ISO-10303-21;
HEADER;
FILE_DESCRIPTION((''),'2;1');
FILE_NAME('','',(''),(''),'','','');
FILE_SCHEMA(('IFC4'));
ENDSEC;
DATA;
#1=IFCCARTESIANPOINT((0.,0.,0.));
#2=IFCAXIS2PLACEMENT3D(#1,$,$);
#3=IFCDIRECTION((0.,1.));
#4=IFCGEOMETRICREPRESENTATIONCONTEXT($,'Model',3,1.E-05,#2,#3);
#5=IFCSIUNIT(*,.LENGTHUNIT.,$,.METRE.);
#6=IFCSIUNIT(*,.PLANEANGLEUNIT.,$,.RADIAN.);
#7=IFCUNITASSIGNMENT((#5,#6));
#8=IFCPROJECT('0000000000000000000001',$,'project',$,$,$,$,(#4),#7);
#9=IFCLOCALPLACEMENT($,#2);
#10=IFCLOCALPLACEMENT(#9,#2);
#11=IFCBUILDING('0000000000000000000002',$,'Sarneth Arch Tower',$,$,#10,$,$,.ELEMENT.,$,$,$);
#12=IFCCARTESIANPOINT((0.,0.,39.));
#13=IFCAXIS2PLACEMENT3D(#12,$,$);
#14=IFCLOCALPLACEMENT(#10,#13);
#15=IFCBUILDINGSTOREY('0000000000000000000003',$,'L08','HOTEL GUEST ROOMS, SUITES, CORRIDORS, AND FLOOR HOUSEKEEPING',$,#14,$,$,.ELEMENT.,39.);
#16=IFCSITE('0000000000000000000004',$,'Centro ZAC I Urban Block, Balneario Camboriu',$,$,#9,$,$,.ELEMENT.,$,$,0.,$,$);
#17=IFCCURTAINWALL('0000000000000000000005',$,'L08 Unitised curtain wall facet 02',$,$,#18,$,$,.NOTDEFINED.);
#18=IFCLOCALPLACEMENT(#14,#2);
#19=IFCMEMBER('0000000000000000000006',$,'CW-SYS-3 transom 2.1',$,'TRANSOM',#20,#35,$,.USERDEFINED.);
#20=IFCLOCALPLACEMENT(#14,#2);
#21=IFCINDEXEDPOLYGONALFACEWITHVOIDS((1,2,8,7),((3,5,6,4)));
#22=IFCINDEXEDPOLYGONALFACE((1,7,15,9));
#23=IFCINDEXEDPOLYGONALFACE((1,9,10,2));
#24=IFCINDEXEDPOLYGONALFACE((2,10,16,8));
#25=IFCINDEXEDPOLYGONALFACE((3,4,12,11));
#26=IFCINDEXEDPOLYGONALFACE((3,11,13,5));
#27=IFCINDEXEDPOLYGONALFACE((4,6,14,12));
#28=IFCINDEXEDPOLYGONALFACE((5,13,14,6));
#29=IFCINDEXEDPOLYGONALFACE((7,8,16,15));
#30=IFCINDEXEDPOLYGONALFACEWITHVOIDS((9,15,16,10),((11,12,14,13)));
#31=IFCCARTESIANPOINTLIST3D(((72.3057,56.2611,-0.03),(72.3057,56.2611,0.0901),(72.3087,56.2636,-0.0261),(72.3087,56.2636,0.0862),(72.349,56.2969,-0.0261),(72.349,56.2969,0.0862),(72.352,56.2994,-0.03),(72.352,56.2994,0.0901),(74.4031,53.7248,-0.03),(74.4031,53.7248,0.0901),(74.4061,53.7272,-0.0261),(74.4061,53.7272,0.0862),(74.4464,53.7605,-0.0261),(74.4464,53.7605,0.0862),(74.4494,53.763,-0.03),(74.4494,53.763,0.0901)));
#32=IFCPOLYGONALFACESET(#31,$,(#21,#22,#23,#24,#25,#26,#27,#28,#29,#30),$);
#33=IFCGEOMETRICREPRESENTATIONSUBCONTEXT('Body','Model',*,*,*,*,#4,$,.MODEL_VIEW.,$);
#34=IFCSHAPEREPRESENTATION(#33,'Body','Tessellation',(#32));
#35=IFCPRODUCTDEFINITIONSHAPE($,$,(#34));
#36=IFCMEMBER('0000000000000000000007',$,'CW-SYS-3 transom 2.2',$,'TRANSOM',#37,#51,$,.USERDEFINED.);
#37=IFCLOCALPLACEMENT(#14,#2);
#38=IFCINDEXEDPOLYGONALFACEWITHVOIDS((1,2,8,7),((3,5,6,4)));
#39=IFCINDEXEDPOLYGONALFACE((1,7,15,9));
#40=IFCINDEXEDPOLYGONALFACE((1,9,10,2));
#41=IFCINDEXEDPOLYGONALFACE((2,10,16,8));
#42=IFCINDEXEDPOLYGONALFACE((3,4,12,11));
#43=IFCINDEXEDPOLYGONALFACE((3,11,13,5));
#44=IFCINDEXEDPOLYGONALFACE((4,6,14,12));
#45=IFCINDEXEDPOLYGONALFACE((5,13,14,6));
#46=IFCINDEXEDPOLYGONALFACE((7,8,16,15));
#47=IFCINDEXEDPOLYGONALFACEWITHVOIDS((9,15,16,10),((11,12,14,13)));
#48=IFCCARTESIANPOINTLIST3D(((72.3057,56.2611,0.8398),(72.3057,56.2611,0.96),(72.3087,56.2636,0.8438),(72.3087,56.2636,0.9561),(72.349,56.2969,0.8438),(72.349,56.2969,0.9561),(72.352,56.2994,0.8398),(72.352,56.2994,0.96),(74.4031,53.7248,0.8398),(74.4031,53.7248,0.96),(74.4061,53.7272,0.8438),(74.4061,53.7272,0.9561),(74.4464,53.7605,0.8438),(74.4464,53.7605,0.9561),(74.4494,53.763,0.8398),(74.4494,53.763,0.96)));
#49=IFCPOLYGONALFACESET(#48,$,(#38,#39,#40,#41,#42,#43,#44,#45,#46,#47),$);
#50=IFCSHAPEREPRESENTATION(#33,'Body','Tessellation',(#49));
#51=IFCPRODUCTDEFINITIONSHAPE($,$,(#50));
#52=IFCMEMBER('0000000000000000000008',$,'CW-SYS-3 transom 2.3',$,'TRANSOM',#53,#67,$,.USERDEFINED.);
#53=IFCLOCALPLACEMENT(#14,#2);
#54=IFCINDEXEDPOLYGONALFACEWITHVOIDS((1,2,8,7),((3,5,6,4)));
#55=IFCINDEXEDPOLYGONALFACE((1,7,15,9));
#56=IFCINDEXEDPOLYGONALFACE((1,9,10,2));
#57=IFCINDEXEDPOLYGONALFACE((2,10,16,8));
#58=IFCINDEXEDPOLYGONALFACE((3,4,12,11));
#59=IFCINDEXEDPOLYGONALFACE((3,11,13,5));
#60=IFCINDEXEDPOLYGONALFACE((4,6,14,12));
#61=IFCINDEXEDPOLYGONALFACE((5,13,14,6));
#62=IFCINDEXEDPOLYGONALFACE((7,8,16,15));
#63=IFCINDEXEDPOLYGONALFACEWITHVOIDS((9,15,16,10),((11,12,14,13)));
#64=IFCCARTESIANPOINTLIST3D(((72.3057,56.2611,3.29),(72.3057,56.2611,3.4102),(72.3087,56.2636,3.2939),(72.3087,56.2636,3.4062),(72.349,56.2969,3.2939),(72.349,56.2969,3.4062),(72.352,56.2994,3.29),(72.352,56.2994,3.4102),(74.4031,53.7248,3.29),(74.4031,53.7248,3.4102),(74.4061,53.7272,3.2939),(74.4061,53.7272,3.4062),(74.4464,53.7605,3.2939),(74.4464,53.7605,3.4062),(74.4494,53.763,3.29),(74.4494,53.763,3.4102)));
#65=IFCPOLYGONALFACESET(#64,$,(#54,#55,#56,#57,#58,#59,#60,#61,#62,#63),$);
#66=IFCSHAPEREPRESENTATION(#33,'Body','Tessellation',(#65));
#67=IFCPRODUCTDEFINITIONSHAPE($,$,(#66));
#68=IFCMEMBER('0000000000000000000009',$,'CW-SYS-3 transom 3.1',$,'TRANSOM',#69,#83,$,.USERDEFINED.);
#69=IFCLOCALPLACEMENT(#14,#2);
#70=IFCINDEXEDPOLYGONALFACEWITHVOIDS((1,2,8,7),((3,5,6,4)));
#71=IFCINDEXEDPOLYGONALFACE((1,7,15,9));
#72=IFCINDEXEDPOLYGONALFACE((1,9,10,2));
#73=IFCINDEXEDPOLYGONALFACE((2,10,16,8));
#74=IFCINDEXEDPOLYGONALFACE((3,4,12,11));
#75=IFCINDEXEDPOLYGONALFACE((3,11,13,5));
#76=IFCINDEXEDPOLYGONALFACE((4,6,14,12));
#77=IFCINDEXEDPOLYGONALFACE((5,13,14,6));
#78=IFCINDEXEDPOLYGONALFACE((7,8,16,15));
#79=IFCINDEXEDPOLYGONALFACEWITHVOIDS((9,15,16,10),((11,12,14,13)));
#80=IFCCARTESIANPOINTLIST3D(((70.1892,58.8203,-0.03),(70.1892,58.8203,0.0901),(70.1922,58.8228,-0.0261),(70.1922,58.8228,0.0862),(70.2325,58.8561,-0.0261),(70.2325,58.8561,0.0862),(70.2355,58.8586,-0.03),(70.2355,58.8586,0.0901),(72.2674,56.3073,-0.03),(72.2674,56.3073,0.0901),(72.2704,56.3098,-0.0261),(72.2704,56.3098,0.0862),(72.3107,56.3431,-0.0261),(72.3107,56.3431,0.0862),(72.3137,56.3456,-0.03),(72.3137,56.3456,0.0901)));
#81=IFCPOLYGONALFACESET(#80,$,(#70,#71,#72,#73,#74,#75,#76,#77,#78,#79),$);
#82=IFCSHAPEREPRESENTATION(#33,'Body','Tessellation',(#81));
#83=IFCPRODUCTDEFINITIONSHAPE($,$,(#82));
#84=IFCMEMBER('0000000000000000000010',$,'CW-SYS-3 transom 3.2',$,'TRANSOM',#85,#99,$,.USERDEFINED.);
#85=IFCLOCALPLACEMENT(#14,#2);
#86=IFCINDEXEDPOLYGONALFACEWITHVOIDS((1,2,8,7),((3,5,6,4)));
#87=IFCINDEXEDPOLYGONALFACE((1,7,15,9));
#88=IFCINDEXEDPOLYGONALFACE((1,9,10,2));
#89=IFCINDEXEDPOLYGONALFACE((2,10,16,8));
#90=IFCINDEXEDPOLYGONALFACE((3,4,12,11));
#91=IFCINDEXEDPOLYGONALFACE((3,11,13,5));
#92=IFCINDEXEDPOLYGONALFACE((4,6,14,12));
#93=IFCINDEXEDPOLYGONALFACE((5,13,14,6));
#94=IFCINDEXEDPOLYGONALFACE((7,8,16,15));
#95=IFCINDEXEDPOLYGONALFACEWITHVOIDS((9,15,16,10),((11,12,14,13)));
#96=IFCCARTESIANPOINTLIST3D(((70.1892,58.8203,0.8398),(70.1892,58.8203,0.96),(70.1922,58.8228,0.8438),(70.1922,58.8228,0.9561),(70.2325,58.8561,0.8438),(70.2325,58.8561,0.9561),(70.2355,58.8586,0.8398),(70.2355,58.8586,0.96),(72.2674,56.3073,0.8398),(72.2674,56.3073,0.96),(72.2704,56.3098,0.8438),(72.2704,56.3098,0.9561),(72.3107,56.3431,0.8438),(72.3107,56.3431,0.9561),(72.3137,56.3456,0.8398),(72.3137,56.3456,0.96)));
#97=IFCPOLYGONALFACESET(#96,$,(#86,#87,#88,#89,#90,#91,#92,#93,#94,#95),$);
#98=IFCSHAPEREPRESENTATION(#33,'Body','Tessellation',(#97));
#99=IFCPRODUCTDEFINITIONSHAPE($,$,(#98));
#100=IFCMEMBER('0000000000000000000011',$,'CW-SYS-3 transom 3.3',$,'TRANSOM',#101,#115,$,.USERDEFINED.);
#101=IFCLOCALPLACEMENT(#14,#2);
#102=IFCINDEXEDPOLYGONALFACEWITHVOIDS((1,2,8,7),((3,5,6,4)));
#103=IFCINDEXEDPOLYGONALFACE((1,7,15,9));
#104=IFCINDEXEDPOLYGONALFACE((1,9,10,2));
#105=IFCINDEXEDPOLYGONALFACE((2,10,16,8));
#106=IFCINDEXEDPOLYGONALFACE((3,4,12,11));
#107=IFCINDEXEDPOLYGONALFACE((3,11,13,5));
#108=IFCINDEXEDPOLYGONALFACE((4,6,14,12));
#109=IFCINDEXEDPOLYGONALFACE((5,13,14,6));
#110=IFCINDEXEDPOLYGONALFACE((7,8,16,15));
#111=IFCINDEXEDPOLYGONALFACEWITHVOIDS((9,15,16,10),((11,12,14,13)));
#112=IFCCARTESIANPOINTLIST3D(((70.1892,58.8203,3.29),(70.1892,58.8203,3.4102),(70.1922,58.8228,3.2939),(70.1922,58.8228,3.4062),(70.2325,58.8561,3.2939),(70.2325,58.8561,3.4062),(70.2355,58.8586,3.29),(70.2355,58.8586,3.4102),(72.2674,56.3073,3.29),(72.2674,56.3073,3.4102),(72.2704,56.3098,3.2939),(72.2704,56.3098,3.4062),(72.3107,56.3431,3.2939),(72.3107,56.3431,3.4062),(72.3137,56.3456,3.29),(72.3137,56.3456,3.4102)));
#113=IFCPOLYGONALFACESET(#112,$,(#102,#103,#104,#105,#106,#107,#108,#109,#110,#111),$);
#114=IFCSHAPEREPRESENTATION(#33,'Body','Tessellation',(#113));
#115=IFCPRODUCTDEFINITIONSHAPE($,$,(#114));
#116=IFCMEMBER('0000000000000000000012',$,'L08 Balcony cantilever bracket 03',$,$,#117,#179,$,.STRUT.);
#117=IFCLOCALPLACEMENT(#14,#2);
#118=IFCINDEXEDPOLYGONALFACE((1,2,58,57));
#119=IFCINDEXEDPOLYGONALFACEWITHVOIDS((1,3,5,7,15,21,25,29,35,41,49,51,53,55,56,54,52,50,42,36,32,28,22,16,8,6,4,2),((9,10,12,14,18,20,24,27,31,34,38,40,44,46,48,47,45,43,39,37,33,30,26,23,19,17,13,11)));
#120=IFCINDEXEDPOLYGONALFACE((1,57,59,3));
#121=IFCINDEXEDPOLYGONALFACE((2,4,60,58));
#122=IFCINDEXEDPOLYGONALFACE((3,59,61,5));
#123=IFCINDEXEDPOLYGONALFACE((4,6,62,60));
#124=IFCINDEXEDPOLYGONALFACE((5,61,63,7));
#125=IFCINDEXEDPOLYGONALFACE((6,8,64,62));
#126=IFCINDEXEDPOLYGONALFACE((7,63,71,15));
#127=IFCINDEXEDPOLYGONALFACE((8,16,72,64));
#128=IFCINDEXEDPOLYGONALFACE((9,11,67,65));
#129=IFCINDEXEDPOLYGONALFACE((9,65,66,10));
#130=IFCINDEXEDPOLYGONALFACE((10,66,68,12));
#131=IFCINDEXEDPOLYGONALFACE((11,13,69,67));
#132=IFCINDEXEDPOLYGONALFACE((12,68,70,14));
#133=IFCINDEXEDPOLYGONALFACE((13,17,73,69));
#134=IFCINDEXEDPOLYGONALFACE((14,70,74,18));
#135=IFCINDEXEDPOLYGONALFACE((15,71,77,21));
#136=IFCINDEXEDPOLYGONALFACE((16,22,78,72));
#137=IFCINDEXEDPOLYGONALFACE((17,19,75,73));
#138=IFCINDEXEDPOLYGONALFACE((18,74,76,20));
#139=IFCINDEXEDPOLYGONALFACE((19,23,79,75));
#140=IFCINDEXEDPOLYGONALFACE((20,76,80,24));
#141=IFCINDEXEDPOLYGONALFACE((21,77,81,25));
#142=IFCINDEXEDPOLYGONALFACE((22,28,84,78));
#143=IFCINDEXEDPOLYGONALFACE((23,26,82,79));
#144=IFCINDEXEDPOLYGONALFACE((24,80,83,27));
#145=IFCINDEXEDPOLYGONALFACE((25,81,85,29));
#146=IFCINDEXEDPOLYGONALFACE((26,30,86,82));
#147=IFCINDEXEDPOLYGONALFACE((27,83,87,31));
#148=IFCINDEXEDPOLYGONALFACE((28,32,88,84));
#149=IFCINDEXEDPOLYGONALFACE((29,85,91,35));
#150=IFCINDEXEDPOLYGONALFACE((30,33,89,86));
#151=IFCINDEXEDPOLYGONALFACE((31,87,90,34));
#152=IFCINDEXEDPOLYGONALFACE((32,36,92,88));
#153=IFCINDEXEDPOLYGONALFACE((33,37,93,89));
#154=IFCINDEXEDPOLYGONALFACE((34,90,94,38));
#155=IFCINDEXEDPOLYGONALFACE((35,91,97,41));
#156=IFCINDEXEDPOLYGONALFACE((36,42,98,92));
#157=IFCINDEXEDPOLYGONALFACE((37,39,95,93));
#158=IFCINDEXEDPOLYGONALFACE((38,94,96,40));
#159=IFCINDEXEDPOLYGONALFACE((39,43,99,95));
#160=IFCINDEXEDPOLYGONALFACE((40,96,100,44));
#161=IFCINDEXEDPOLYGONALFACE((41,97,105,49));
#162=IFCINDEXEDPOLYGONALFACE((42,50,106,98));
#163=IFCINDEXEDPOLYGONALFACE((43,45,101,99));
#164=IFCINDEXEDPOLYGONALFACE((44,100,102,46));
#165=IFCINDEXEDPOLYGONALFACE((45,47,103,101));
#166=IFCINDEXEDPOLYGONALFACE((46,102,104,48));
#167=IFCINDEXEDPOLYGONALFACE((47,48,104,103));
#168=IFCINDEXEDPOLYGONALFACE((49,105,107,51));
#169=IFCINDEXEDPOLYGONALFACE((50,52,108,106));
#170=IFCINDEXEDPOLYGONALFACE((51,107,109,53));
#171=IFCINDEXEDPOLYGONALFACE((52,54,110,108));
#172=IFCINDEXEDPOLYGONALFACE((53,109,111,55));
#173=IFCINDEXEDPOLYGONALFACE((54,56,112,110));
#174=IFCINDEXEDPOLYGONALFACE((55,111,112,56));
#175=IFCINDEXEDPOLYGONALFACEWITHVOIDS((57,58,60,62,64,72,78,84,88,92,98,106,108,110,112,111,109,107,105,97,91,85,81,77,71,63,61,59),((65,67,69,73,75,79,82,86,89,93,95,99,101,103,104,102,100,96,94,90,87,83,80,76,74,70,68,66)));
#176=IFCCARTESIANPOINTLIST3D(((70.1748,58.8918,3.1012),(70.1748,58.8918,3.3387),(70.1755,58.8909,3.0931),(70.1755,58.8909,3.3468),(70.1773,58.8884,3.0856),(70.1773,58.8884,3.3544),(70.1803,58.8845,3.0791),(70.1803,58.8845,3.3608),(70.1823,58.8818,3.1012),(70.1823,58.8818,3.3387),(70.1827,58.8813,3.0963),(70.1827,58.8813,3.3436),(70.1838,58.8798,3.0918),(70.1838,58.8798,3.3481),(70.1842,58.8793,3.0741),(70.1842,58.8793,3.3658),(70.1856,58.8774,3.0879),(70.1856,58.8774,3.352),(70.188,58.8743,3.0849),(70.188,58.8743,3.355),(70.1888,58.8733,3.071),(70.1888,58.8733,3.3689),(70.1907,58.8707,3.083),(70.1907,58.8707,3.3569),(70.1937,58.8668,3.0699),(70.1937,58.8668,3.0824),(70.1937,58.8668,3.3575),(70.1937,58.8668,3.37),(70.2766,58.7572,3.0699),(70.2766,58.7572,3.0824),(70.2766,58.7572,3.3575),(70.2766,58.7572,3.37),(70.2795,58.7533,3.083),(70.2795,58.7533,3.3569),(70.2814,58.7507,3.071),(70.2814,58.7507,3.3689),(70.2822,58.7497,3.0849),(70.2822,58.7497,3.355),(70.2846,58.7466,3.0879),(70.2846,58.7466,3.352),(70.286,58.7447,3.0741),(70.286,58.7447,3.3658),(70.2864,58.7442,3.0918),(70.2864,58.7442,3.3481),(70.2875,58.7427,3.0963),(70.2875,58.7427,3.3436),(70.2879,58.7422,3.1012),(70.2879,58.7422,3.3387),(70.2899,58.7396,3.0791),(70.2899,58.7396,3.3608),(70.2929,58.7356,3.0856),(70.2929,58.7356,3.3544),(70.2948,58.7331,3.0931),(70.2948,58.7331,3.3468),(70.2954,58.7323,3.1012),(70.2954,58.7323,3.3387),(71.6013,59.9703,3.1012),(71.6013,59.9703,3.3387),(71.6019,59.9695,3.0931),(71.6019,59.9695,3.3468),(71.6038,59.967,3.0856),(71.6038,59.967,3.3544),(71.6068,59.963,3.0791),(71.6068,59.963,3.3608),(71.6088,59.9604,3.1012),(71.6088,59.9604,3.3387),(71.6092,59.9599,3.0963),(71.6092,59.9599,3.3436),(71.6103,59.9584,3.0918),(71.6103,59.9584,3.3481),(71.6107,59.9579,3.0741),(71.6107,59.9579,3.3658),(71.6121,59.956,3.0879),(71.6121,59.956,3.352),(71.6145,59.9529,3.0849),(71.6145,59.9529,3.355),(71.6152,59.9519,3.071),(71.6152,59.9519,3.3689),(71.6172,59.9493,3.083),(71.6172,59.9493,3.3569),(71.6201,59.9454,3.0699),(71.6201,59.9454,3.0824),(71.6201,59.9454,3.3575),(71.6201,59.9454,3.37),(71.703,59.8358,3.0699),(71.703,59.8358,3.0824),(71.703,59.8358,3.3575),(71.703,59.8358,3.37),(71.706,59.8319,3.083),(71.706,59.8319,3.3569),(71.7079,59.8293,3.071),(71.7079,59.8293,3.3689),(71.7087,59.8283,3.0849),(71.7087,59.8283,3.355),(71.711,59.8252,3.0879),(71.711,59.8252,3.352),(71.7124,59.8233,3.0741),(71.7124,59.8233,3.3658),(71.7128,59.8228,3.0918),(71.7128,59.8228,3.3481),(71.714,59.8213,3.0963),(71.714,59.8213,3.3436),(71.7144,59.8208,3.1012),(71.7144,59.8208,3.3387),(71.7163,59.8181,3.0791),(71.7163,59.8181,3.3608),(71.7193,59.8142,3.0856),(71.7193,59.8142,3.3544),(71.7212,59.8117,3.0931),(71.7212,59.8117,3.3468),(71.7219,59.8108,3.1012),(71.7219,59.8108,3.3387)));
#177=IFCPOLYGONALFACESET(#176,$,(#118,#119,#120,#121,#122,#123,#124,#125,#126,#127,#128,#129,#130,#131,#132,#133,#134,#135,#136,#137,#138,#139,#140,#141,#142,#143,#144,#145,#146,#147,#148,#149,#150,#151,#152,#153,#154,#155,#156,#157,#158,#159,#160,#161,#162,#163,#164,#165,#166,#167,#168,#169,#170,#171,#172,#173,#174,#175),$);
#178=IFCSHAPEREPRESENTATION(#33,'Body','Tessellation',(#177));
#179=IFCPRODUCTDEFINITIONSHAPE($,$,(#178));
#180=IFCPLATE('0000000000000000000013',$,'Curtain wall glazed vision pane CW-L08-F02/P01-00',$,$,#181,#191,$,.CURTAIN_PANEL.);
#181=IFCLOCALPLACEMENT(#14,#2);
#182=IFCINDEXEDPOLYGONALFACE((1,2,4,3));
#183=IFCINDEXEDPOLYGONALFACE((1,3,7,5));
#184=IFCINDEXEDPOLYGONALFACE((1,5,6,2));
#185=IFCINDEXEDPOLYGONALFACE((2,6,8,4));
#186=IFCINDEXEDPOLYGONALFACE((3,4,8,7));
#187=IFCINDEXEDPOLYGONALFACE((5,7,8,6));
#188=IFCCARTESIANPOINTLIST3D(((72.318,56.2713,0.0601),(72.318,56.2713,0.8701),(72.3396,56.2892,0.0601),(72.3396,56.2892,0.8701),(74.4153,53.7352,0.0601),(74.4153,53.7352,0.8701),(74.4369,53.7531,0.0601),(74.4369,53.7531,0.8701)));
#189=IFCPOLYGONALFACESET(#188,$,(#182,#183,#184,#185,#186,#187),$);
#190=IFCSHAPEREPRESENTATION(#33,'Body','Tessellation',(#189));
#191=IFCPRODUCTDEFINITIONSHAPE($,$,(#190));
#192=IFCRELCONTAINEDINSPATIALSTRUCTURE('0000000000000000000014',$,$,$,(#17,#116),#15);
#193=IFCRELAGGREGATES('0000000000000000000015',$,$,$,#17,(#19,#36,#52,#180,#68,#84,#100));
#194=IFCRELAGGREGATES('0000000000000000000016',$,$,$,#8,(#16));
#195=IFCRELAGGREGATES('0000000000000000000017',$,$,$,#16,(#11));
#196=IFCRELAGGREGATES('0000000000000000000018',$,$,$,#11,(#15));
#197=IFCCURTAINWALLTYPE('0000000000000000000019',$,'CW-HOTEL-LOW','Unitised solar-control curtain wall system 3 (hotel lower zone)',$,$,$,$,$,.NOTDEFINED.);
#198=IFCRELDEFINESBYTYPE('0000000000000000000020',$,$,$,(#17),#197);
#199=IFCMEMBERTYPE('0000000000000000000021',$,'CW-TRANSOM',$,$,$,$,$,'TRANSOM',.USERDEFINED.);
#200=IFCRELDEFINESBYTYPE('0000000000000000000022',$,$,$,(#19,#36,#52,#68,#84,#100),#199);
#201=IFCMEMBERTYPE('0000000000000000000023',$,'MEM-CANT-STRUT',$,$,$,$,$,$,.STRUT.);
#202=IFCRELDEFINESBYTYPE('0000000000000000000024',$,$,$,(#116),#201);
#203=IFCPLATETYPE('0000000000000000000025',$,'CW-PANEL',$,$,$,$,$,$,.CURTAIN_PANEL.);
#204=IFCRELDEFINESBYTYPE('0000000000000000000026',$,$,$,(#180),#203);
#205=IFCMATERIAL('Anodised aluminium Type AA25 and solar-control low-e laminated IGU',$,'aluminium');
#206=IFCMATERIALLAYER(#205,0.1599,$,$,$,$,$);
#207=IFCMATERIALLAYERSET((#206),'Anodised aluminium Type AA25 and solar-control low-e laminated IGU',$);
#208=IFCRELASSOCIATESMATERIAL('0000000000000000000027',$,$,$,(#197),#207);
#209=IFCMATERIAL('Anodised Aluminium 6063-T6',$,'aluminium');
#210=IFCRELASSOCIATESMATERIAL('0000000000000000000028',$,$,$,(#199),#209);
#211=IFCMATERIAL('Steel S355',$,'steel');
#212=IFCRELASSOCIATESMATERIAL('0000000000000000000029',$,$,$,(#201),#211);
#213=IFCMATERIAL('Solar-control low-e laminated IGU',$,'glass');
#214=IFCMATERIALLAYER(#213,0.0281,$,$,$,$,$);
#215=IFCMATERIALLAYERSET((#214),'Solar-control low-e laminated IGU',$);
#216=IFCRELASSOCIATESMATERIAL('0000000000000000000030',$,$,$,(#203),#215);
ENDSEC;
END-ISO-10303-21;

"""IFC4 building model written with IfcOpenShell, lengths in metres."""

from ifc_helpers import new_model, si_unit, direction, frame, origin, origin_2d, place, context, subcontext, project, spatial, rectangle, hollow_rectangle, extrude, material, layer, layer_set, material_profile, profile_set, type_object, element, aggregate, save


model = new_model("IFC4")

# Units and contexts
model_context = context("Model", 3, precision=1e-05, world=origin(), true_north=direction((0.0, 1.0)))
body_context = subcontext(model_context, "Body", "Model", "MODEL_VIEW")
ifc_project = project(units=[si_unit("LENGTHUNIT", "METRE"), si_unit("PLANEANGLEUNIT", "RADIAN")], contexts=[model_context])

# Site, building, storey
site_placement = place(None, origin())
site = spatial("IfcSite", under=ifc_project, at=site_placement, Name="Centro ZAC I Urban Block, Balneario Camboriu", CompositionType="ELEMENT", RefElevation=0.0)
building_placement = place(site_placement, origin())
building = spatial("IfcBuilding", under=site, at=building_placement, Name="Sarneth Arch Tower", CompositionType="ELEMENT")
storey_placement = place(building_placement, frame((0.0, 0.0, 39.0)))
storey = spatial("IfcBuildingStorey", under=building, at=storey_placement, Name="L08", Description="HOTEL GUEST ROOMS, SUITES, CORRIDORS, AND FLOOR HOUSEKEEPING", CompositionType="ELEMENT", Elevation=39.0)

# Curtain wall, members
ifc_material_1 = material(Name="Anodised aluminium Type AA25 and solar-control low-e laminated IGU", Category="aluminium")
ifc_layer_1 = layer(ifc_material_1, 0.1599)
ifc_layer_set_1 = layer_set([ifc_layer_1], Name="Anodised aluminium Type AA25 and solar-control low-e laminated IGU")
curtain_wall_type = type_object("IfcCurtainWallType", Name="CW-HOTEL-LOW", Description="Unitised solar-control curtain wall system 3 (hotel lower zone)", PredefinedType="NOTDEFINED", material=ifc_layer_set_1)
curtain_wall_placement = place(storey_placement, origin())
curtain_wall = element("IfcCurtainWall", 1, at=curtain_wall_placement, inside=storey, type_object=curtain_wall_type, Name="L08 Unitised curtain wall facet 02", PredefinedType="NOTDEFINED")
ifc_material_2 = material(Name="Anodised Aluminium 6063-T6", Category="aluminium")
ifc_material_profile_1 = material_profile(ifc_material_2, hollow_rectangle(XDim=0.0601, YDim=0.1201, WallThickness=0.0039, at=origin_2d()), Name="AL-TRAN-120x60x4")
ifc_profile_set_1 = profile_set([ifc_material_profile_1], Name="Anodised Aluminium 6063-T6")
member_type_1 = type_object("IfcMemberType", Name="CW-TRANSOM", ElementType="TRANSOM", PredefinedType="USERDEFINED", material=ifc_profile_set_1)
member_1_placement = place(storey_placement, frame((74.4263, 53.7439, 0.03), z_axis=(-0.637269, 0.770642, 0.0), x_axis=(-0.770642, -0.637269, 0.0)))
member_1 = element("IfcMember", 2, at=member_1_placement, type_object=member_type_1, Name="CW-SYS-3 transom 2.1", ObjectType="TRANSOM", PredefinedType="USERDEFINED", context=body_context, shape_type="SweptSolid", body=[
    extrude(hollow_rectangle(XDim=0.0601, YDim=0.1201, WallThickness=0.0039, at=origin_2d()), origin(), (0.0, 0.0, 1.0), 3.2913),
])
member_2_placement = place(storey_placement, frame((74.4263, 53.7439, 0.8999), z_axis=(-0.637269, 0.770642, 0.0), x_axis=(-0.770642, -0.637269, 0.0)))
member_2 = element("IfcMember", 3, at=member_2_placement, type_object=member_type_1, Name="CW-SYS-3 transom 2.2", ObjectType="TRANSOM", PredefinedType="USERDEFINED", context=body_context, shape_type="SweptSolid", body=[
    extrude(hollow_rectangle(XDim=0.0601, YDim=0.1201, WallThickness=0.0039, at=origin_2d()), origin(), (0.0, 0.0, 1.0), 3.2913),
])
member_3_placement = place(storey_placement, frame((74.4263, 53.7439, 3.3501), z_axis=(-0.637269, 0.770642, 0.0), x_axis=(-0.770642, -0.637269, 0.0)))
member_3 = element("IfcMember", 4, at=member_3_placement, type_object=member_type_1, Name="CW-SYS-3 transom 2.3", ObjectType="TRANSOM", PredefinedType="USERDEFINED", context=body_context, shape_type="SweptSolid", body=[
    extrude(hollow_rectangle(XDim=0.0601, YDim=0.1201, WallThickness=0.0039, at=origin_2d()), origin(), (0.0, 0.0, 1.0), 3.2913),
])
member_4_placement = place(storey_placement, frame((72.2905, 56.3264, 0.03), z_axis=(-0.637286, 0.770628, 0.0), x_axis=(-0.770628, -0.637286, 0.0)))
member_4 = element("IfcMember", 5, at=member_4_placement, type_object=member_type_1, Name="CW-SYS-3 transom 3.1", ObjectType="TRANSOM", PredefinedType="USERDEFINED", context=body_context, shape_type="SweptSolid", body=[
    extrude(hollow_rectangle(XDim=0.0601, YDim=0.1201, WallThickness=0.0039, at=origin_2d()), origin(), (0.0, 0.0, 1.0), 3.261),
])
member_5_placement = place(storey_placement, frame((72.2905, 56.3264, 0.8999), z_axis=(-0.637286, 0.770628, 0.0), x_axis=(-0.770628, -0.637286, 0.0)))
member_5 = element("IfcMember", 6, at=member_5_placement, type_object=member_type_1, Name="CW-SYS-3 transom 3.2", ObjectType="TRANSOM", PredefinedType="USERDEFINED", context=body_context, shape_type="SweptSolid", body=[
    extrude(hollow_rectangle(XDim=0.0601, YDim=0.1201, WallThickness=0.0039, at=origin_2d()), origin(), (0.0, 0.0, 1.0), 3.261),
])
member_6_placement = place(storey_placement, frame((72.2905, 56.3264, 3.3501), z_axis=(-0.637286, 0.770628, 0.0), x_axis=(-0.770628, -0.637286, 0.0)))
member_6 = element("IfcMember", 7, at=member_6_placement, type_object=member_type_1, Name="CW-SYS-3 transom 3.3", ObjectType="TRANSOM", PredefinedType="USERDEFINED", context=body_context, shape_type="SweptSolid", body=[
    extrude(hollow_rectangle(XDim=0.0601, YDim=0.1201, WallThickness=0.0039, at=origin_2d()), origin(), (0.0, 0.0, 1.0), 3.261),
])

# Member
ifc_material_3 = material(Name="Steel S355", Category="steel")
ifc_material_profile_2 = material_profile(ifc_material_3, hollow_rectangle(XDim=0.2, YDim=0.3, WallThickness=0.0125, InnerFilletRadius=0.0188, OuterFilletRadius=0.0312, at=origin_2d()), Name="RHS300x200x12.5")
ifc_profile_set_2 = profile_set([ifc_material_profile_2], Name="Steel S355")
member_type_2 = type_object("IfcMemberType", Name="MEM-CANT-STRUT", PredefinedType="STRUT", material=ifc_profile_set_2)
member_7_placement = place(storey_placement, frame((70.2351, 58.812, 3.22), z_axis=(0.797651, 0.603119, 0.0), x_axis=(-0.603119, 0.797651, 0.0)))
element("IfcMember", 8, at=member_7_placement, inside=storey, type_object=member_type_2, Name="L08 Balcony cantilever bracket 03", PredefinedType="STRUT", context=body_context, shape_type="SweptSolid", body=[
    extrude(hollow_rectangle(XDim=0.2, YDim=0.3, WallThickness=0.0125, InnerFilletRadius=0.0188, OuterFilletRadius=0.0312, at=origin_2d()), origin(), (0.0, 0.0, 1.0), 1.7883),
])

# Plate
ifc_material_4 = material(Name="Solar-control low-e laminated IGU", Category="glass")
ifc_layer_2 = layer(ifc_material_4, 0.0281)
ifc_layer_set_2 = layer_set([ifc_layer_2], Name="Solar-control low-e laminated IGU")
plate_type_1 = type_object("IfcPlateType", Name="CW-PANEL", PredefinedType="CURTAIN_PANEL", material=ifc_layer_set_2)
plate_1_placement = place(storey_placement, frame((73.3774, 55.0122, 0.0601), z_axis=(0.0, 0.0, 1.0), x_axis=(-0.637291, 0.770623, 0.0)))
plate_1 = element("IfcPlate", 9, at=plate_1_placement, type_object=plate_type_1, Name="Curtain wall glazed vision pane CW-L08-F02/P01-00", PredefinedType="CURTAIN_PANEL", context=body_context, shape_type="SweptSolid", body=[
    extrude(rectangle(XDim=3.291, YDim=0.0281, at=origin_2d()), origin(), (0.0, 0.0, 1.0), 0.8101),
])
aggregate(curtain_wall, [member_1, member_2, member_3, plate_1, member_4, member_5, member_6])

save(model, "model.ifc")
